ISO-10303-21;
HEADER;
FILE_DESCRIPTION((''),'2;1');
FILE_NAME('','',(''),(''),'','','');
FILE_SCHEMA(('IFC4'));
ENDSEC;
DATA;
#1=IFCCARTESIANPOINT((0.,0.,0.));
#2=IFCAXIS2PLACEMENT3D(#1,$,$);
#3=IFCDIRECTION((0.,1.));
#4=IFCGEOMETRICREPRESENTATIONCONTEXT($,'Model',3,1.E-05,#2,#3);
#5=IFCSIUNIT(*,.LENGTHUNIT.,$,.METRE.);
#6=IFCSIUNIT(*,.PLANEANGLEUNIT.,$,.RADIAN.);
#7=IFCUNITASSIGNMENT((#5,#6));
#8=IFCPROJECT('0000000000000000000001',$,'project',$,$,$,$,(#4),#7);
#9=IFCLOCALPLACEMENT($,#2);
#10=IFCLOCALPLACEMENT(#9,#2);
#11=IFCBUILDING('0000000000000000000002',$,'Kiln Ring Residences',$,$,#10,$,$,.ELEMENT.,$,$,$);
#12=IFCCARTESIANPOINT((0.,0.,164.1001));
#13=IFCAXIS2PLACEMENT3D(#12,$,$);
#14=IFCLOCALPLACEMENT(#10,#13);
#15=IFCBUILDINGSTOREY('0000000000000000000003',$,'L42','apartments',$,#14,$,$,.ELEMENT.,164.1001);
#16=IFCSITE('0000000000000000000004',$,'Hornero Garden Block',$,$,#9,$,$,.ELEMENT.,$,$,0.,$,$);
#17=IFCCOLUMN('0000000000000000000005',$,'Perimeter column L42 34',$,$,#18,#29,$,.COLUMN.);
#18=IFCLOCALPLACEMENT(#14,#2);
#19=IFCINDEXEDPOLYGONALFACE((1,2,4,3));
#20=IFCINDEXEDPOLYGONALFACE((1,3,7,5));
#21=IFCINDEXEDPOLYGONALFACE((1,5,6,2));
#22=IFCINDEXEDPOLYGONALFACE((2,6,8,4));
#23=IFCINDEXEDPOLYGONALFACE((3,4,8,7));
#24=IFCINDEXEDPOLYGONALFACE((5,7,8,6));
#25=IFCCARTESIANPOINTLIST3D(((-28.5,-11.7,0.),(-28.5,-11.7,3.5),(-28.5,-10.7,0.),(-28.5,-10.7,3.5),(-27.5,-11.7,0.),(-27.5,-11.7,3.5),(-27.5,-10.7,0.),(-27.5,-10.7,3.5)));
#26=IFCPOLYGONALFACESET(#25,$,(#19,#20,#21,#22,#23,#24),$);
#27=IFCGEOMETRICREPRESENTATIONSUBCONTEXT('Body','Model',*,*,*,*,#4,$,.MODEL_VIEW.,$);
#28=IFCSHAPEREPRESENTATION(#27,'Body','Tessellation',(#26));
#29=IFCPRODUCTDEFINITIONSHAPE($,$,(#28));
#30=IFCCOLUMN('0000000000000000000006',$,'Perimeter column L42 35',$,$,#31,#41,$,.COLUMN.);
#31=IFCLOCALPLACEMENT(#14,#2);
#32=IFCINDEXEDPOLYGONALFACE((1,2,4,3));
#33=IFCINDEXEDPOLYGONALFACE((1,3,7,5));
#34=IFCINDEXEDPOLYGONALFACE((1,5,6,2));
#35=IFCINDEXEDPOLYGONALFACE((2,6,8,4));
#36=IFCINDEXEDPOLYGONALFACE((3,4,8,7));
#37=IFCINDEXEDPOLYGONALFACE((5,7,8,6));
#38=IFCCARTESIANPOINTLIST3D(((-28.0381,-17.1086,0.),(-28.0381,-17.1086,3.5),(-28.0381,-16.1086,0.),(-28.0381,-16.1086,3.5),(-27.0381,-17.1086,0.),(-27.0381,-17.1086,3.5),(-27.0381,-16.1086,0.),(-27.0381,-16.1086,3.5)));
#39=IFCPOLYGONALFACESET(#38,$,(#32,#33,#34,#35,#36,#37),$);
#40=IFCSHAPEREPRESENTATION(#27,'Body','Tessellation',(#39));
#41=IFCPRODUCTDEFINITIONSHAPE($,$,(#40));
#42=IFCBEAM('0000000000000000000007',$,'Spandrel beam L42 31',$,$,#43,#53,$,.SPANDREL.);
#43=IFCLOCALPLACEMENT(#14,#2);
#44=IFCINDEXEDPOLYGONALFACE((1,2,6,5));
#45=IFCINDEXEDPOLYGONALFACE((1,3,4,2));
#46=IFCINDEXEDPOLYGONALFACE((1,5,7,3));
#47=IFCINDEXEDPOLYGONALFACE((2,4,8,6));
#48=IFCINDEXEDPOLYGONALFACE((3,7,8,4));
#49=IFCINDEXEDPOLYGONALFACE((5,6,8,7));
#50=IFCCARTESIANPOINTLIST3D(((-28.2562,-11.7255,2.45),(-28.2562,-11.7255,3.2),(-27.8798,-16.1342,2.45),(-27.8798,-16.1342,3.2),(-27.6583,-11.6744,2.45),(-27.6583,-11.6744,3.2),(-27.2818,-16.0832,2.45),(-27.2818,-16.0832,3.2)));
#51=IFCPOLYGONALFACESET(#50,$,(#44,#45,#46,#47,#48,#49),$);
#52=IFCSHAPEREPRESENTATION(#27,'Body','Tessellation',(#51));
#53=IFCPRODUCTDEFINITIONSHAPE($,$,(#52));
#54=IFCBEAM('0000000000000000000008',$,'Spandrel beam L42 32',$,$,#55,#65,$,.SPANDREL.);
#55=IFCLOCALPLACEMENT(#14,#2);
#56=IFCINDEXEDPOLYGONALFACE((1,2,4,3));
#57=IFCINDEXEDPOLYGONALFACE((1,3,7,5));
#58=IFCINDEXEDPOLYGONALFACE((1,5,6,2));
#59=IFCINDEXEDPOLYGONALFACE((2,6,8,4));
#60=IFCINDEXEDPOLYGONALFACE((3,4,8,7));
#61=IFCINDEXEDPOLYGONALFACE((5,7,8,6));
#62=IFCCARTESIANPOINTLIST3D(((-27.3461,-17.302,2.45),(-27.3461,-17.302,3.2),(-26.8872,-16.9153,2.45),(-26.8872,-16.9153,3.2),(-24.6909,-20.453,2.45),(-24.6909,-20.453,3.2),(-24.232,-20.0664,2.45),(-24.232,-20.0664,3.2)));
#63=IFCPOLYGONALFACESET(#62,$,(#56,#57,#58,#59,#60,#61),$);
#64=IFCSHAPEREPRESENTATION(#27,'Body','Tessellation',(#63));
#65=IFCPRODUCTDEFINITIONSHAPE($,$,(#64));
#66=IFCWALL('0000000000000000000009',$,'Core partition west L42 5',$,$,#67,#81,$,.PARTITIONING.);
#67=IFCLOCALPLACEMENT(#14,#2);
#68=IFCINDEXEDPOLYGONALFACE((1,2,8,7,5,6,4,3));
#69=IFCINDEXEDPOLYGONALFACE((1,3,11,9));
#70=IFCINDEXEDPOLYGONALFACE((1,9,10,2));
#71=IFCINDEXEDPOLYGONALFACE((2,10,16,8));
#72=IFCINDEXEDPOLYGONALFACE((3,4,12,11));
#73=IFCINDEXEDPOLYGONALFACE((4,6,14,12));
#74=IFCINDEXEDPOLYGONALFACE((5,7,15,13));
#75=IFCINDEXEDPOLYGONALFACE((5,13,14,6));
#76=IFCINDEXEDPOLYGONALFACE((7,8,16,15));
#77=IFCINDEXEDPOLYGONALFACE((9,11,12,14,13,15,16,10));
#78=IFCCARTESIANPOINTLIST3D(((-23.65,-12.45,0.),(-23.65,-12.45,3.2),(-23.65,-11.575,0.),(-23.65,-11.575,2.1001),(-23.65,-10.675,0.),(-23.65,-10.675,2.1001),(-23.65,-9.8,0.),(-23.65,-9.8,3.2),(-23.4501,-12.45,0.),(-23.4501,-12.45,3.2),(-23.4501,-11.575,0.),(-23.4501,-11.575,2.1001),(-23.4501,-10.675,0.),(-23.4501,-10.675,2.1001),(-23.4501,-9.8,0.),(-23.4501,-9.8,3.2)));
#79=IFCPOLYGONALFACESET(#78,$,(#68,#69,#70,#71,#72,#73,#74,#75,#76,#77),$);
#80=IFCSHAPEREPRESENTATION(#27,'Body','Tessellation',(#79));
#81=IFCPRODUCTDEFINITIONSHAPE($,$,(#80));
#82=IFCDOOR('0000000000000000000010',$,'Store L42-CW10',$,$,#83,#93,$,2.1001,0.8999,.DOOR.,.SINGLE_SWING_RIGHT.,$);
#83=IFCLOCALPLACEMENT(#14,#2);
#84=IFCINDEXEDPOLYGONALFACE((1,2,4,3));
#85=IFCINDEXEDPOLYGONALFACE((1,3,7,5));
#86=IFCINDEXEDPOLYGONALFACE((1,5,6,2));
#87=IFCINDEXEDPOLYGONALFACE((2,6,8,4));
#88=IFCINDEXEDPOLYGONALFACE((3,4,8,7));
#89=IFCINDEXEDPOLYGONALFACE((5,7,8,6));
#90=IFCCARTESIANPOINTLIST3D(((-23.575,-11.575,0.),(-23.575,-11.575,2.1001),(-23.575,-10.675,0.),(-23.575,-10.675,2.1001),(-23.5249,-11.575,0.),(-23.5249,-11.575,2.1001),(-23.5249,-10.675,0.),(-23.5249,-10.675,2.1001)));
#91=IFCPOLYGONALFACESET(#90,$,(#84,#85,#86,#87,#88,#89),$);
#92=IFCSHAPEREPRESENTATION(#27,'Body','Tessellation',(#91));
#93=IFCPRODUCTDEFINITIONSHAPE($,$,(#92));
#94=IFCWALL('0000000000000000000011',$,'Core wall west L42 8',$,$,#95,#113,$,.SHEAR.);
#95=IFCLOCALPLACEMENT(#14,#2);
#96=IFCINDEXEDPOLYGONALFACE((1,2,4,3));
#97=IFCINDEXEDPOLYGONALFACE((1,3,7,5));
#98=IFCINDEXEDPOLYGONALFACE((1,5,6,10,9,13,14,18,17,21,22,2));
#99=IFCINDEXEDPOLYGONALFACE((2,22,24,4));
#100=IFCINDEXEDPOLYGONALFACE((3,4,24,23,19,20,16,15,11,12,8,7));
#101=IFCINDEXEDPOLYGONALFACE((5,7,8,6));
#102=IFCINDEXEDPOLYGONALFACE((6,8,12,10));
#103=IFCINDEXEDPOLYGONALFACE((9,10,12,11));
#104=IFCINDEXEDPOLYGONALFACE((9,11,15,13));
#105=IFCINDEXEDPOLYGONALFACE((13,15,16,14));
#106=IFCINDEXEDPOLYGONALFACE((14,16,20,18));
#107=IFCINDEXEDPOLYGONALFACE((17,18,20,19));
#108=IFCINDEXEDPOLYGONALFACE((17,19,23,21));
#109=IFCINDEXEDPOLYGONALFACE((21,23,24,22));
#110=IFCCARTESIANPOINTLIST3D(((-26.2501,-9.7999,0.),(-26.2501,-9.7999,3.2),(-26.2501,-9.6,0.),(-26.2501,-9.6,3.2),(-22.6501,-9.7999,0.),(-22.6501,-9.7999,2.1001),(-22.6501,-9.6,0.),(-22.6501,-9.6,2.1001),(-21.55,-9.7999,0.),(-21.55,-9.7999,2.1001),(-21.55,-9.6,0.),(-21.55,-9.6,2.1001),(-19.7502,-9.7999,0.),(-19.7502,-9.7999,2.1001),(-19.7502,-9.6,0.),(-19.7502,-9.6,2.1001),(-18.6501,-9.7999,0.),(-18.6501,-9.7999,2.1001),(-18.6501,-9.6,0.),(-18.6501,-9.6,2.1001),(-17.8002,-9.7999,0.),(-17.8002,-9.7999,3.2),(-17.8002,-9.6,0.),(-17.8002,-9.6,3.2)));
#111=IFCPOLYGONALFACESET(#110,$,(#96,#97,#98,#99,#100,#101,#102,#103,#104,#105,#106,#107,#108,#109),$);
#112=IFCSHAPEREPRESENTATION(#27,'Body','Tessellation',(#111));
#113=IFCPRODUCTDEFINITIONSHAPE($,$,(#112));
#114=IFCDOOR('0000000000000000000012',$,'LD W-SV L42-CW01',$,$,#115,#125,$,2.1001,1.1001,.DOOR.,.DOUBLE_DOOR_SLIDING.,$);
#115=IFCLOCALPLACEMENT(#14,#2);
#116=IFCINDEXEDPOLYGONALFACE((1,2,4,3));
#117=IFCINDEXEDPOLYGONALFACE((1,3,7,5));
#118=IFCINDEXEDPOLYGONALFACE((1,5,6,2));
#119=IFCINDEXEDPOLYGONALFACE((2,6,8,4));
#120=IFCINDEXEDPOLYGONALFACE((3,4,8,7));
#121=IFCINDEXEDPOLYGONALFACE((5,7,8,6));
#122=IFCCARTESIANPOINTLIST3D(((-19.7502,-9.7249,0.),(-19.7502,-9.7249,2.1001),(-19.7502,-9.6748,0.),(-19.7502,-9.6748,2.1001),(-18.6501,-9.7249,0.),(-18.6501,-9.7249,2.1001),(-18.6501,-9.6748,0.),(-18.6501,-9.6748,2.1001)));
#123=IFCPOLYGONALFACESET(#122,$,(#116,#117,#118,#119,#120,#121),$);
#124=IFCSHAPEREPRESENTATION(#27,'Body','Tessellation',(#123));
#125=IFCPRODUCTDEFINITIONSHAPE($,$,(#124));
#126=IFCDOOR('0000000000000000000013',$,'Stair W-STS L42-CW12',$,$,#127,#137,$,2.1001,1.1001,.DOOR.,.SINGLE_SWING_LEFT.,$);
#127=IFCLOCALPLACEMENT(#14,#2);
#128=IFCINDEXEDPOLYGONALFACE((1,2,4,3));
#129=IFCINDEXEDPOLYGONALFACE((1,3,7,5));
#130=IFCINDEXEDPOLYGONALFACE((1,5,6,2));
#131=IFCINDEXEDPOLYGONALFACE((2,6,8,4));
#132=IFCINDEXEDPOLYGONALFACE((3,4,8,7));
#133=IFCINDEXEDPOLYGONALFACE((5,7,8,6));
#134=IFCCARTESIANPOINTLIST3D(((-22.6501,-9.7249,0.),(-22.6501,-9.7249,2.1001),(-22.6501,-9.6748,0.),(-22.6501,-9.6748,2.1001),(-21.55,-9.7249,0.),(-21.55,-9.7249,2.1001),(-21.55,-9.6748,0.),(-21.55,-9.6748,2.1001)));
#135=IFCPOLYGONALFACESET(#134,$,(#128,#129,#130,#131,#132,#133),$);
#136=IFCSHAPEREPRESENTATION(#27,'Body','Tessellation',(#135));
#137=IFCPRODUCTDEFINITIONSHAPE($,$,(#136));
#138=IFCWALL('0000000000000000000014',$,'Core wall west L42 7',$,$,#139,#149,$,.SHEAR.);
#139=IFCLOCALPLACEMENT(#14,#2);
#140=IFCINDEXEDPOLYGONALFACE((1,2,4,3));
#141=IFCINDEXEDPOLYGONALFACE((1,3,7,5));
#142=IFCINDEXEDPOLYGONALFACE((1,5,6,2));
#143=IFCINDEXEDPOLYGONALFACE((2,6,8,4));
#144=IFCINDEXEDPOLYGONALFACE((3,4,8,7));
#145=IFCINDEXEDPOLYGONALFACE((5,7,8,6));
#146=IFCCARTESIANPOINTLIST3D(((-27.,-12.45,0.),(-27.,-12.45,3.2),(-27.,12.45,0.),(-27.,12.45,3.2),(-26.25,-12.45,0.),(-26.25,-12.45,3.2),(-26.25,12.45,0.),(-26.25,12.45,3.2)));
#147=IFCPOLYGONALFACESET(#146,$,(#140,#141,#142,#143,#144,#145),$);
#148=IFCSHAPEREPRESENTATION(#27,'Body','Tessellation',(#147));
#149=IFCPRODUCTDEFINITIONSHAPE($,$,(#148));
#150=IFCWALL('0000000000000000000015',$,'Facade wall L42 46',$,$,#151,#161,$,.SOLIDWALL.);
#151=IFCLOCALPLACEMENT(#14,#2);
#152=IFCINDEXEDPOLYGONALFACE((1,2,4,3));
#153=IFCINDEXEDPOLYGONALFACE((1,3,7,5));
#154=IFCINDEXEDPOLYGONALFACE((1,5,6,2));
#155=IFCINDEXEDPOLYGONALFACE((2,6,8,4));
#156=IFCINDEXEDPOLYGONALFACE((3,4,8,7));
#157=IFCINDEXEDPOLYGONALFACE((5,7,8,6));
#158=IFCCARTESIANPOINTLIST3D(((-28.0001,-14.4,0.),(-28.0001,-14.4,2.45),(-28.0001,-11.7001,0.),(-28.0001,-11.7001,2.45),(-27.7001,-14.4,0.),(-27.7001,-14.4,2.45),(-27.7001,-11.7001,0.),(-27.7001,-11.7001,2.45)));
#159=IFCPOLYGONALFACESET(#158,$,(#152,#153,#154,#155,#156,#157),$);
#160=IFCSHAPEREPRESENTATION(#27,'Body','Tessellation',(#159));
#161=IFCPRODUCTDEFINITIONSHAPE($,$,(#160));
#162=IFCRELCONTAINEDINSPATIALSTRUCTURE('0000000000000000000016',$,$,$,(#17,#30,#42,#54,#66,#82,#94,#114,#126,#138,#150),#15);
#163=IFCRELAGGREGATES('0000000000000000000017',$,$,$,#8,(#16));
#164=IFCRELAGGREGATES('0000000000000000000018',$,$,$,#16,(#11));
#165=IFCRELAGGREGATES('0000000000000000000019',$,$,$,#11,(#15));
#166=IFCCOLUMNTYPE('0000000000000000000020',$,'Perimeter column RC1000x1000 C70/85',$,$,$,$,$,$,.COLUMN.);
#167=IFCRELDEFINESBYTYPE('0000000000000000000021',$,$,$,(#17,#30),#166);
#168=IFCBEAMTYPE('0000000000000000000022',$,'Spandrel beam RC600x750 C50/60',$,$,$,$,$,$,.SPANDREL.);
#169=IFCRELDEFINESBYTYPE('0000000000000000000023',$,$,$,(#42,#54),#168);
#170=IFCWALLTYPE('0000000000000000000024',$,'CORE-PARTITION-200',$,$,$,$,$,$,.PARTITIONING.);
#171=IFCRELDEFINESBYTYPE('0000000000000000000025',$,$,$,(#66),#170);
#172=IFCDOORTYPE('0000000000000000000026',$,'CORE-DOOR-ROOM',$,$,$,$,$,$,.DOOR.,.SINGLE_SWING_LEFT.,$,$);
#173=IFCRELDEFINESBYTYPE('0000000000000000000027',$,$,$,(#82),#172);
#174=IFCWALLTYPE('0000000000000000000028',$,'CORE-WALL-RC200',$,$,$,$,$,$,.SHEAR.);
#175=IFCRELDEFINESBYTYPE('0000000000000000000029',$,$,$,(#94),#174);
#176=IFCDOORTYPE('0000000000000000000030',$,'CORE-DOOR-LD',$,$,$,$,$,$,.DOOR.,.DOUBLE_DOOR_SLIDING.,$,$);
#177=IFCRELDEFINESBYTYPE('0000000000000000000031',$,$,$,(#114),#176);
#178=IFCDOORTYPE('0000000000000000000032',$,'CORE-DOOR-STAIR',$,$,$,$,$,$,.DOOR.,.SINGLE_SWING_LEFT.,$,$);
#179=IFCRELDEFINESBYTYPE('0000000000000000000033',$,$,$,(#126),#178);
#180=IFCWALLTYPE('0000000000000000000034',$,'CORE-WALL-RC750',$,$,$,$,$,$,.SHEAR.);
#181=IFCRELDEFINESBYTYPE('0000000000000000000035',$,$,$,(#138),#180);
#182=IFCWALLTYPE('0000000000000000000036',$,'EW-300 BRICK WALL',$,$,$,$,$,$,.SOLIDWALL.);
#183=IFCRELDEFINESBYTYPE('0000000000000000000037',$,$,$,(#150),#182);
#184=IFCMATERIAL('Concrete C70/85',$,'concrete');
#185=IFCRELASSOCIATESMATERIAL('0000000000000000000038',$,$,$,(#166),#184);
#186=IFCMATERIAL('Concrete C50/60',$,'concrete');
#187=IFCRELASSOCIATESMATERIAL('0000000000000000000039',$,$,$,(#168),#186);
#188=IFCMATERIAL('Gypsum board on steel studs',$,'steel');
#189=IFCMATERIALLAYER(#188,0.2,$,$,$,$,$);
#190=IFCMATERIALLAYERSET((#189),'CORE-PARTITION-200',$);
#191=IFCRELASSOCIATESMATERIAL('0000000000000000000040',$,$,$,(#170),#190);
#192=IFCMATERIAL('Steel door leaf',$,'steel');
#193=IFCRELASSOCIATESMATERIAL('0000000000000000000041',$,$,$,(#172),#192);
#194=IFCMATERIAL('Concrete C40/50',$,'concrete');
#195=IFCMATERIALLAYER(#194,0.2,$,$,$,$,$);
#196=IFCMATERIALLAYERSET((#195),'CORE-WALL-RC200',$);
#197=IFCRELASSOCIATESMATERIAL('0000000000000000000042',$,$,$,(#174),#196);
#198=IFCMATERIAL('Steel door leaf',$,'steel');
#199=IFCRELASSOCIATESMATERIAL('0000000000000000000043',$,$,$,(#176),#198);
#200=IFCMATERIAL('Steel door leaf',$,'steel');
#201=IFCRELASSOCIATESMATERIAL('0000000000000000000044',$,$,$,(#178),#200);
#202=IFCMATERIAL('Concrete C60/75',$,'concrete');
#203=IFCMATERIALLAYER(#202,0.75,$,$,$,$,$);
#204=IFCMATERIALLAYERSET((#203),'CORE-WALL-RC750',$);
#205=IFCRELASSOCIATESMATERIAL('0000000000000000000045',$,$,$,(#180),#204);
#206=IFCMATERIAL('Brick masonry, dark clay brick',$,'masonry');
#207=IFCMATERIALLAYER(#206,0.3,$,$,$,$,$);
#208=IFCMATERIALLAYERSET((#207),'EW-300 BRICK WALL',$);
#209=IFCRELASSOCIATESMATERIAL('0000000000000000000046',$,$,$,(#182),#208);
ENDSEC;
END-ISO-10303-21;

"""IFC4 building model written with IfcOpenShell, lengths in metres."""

from ifc_helpers import new_model, si_unit, direction, frame, frame_2d, origin, origin_2d, place, context, subcontext, project, spatial, rectangle, extrude, material, layer, layer_set, material_profile, profile_set, type_object, element, fill, save


model = new_model("IFC4")

# Units and contexts
model_context = context("Model", 3, precision=1e-05, world=origin(), true_north=direction((0.0, 1.0)))
body_context = subcontext(model_context, "Body", "Model", "MODEL_VIEW")
ifc_project = project(units=[si_unit("LENGTHUNIT", "METRE"), si_unit("PLANEANGLEUNIT", "RADIAN")], contexts=[model_context])

# Site, building, storey
site_placement = place(None, origin())
site = spatial("IfcSite", under=ifc_project, at=site_placement, Name="Hornero Garden Block", CompositionType="ELEMENT", RefElevation=0.0)
building_placement = place(site_placement, origin())
building = spatial("IfcBuilding", under=site, at=building_placement, Name="Kiln Ring Residences", CompositionType="ELEMENT")
storey_placement = place(building_placement, frame((0.0, 0.0, 164.1001)))
storey = spatial("IfcBuildingStorey", under=building, at=storey_placement, Name="L42", Description="apartments", CompositionType="ELEMENT", Elevation=164.1001)

# Columns
ifc_material_1 = material(Name="Concrete C70/85", Category="concrete")
ifc_material_profile_1 = material_profile(ifc_material_1, rectangle(XDim=1.0, YDim=1.0, at=origin_2d()), Name="RC1000x1000")
ifc_profile_set_1 = profile_set([ifc_material_profile_1], Name="Concrete C70/85")
column_type = type_object("IfcColumnType", Name="Perimeter column RC1000x1000 C70/85", PredefinedType="COLUMN", material=ifc_profile_set_1)
for number, where, z_axis, x_axis, name in (
    (1, (-28.0, -11.2, 0.0), (0.0, 0.0, 1.0), (1.0, 0.0, 0.0), "Perimeter column L42 34"),
    (2, (-27.5381, -16.6086, 0.0), (0.0, 0.0, 1.0), (1.0, 0.0, 0.0), "Perimeter column L42 35"),
):
    element("IfcColumn", number, at=place(storey_placement, frame(where, z_axis=z_axis, x_axis=x_axis)), inside=storey, type_object=column_type, Name=name, PredefinedType="COLUMN", context=body_context, shape_type="SweptSolid", body=[
        extrude(rectangle(XDim=1.0, YDim=1.0, at=origin_2d()), origin(), (0.0, 0.0, 1.0), 3.5),
    ])

# Beams
ifc_material_2 = material(Name="Concrete C50/60", Category="concrete")
ifc_material_profile_2 = material_profile(ifc_material_2, rectangle(XDim=0.6001, YDim=0.75, at=origin_2d()), Name="RC600x750")
ifc_profile_set_2 = profile_set([ifc_material_profile_2], Name="Concrete C50/60")
beam_type = type_object("IfcBeamType", Name="Spandrel beam RC600x750 C50/60", PredefinedType="SPANDREL", material=ifc_profile_set_2)
beam_1_placement = place(storey_placement, frame((-27.9573, -11.7, 2.825), z_axis=(0.085082, -0.996374, 0.0), x_axis=(0.996374, 0.085082, 0.0)))
element("IfcBeam", 3, at=beam_1_placement, inside=storey, type_object=beam_type, Name="Spandrel beam L42 31", PredefinedType="SPANDREL", context=body_context, shape_type="SweptSolid", body=[
    extrude(rectangle(XDim=0.6001, YDim=0.75, at=origin_2d()), origin(), (0.0, 0.0, 1.0), 4.4248),
])
beam_2_placement = place(storey_placement, frame((-27.1167, -17.1086, 2.825), z_axis=(0.644377, -0.764708, 0.0), x_axis=(0.764708, 0.644377, 0.0)))
element("IfcBeam", 4, at=beam_2_placement, inside=storey, type_object=beam_type, Name="Spandrel beam L42 32", PredefinedType="SPANDREL", context=body_context, shape_type="SweptSolid", body=[
    extrude(rectangle(XDim=0.6001, YDim=0.75, at=origin_2d()), origin(), (0.0, 0.0, 1.0), 4.1206),
])

# Wall, opening, door
ifc_material_3 = material(Name="Gypsum board on steel studs", Category="steel")
ifc_layer_1 = layer(ifc_material_3, 0.2)
ifc_layer_set_1 = layer_set([ifc_layer_1], Name="CORE-PARTITION-200")
wall_type_1 = type_object("IfcWallType", Name="CORE-PARTITION-200", PredefinedType="PARTITIONING", material=ifc_layer_set_1)
wall_1_placement = place(storey_placement, frame((-23.55, -12.45, 0.0), z_axis=(0.0, 0.0, 1.0), x_axis=(0.0, 1.0, 0.0)))
wall_1 = element("IfcWall", 5, at=wall_1_placement, inside=storey, type_object=wall_type_1, Name="Core partition west L42 5", PredefinedType="PARTITIONING", context=body_context, shape_type="SweptSolid", body=[
    extrude(rectangle(XDim=2.6499, YDim=0.2, at=frame_2d((1.325, 0.0))), origin(), (0.0, 0.0, 1.0), 3.2),
])
opening_1_placement = place(wall_1_placement, frame((0.875, 0.0, 0.0)))
opening_1 = element("IfcOpeningElement", 6, at=opening_1_placement, cuts=wall_1, PredefinedType="OPENING", context=body_context, shape_type="SweptSolid", body=[
    extrude(rectangle(XDim=0.8999, YDim=2.1001, at=frame_2d((0.45, 1.05))), frame((0.0, 0.1099, 0.0), z_axis=(0.0, -1.0, 0.0), x_axis=(1.0, 0.0, 0.0)), (0.0, 0.0, 1.0), 0.22),
])
ifc_material_4 = material(Name="Steel door leaf", Category="steel")
door_type_1 = type_object("IfcDoorType", Name="CORE-DOOR-ROOM", OperationType="SINGLE_SWING_LEFT", PredefinedType="DOOR", material=ifc_material_4)
door_1_placement = place(opening_1_placement, origin())
door_1 = element("IfcDoor", 7, at=door_1_placement, inside=storey, type_object=door_type_1, Name="Store L42-CW10", OperationType="SINGLE_SWING_RIGHT", OverallHeight=2.1001, OverallWidth=0.8999, PredefinedType="DOOR", context=body_context, shape_type="SweptSolid", body=[
    extrude(rectangle(XDim=0.8999, YDim=2.1001, at=frame_2d((0.45, 1.05))), frame((0.0, 0.0249, 0.0), z_axis=(0.0, -1.0, 0.0), x_axis=(1.0, 0.0, 0.0)), (0.0, 0.0, 1.0), 0.05),
])
fill(opening_1, door_1)

# Wall, openings, doors
ifc_material_5 = material(Name="Concrete C40/50", Category="concrete")
ifc_layer_2 = layer(ifc_material_5, 0.2)
ifc_layer_set_2 = layer_set([ifc_layer_2], Name="CORE-WALL-RC200")
wall_type_2 = type_object("IfcWallType", Name="CORE-WALL-RC200", PredefinedType="SHEAR", material=ifc_layer_set_2)
wall_2_placement = place(storey_placement, frame((-17.8, -9.7, 0.0), z_axis=(0.0, 0.0, 1.0), x_axis=(-1.0, 0.0, 0.0)))
wall_2 = element("IfcWall", 8, at=wall_2_placement, inside=storey, type_object=wall_type_2, Name="Core wall west L42 8", PredefinedType="SHEAR", context=body_context, shape_type="SweptSolid", body=[
    extrude(rectangle(XDim=8.45, YDim=0.2, at=frame_2d((4.2251, 0.0))), origin(), (0.0, 0.0, 1.0), 3.2),
])
opening_2_placement = place(wall_2_placement, frame((0.8501, 0.0, 0.0)))
opening_2 = element("IfcOpeningElement", 9, at=opening_2_placement, cuts=wall_2, PredefinedType="OPENING", context=body_context, shape_type="SweptSolid", body=[
    extrude(rectangle(XDim=1.1001, YDim=2.1001, at=frame_2d((0.55, 1.05))), frame((0.0, 0.1099, 0.0), z_axis=(0.0, -1.0, 0.0), x_axis=(1.0, 0.0, 0.0)), (0.0, 0.0, 1.0), 0.22),
])
opening_3_placement = place(wall_2_placement, frame((3.75, 0.0, 0.0)))
opening_3 = element("IfcOpeningElement", 10, at=opening_3_placement, cuts=wall_2, PredefinedType="OPENING", context=body_context, shape_type="SweptSolid", body=[
    extrude(rectangle(XDim=1.1001, YDim=2.1001, at=frame_2d((0.55, 1.05))), frame((0.0, 0.1099, 0.0), z_axis=(0.0, -1.0, 0.0), x_axis=(1.0, 0.0, 0.0)), (0.0, 0.0, 1.0), 0.22),
])
ifc_material_6 = material(Name="Steel door leaf", Category="steel")
door_type_2 = type_object("IfcDoorType", Name="CORE-DOOR-LD", OperationType="DOUBLE_DOOR_SLIDING", PredefinedType="DOOR", material=ifc_material_6)
door_2_placement = place(opening_2_placement, origin())
door_2 = element("IfcDoor", 11, at=door_2_placement, inside=storey, type_object=door_type_2, Name="LD W-SV L42-CW01", OperationType="DOUBLE_DOOR_SLIDING", OverallHeight=2.1001, OverallWidth=1.1001, PredefinedType="DOOR", context=body_context, shape_type="SweptSolid", body=[
    extrude(rectangle(XDim=1.1001, YDim=2.1001, at=frame_2d((0.55, 1.05))), frame((0.0, 0.0249, 0.0), z_axis=(0.0, -1.0, 0.0), x_axis=(1.0, 0.0, 0.0)), (0.0, 0.0, 1.0), 0.05),
])
fill(opening_2, door_2)
ifc_material_7 = material(Name="Steel door leaf", Category="steel")
door_type_3 = type_object("IfcDoorType", Name="CORE-DOOR-STAIR", OperationType="SINGLE_SWING_LEFT", PredefinedType="DOOR", material=ifc_material_7)
door_3_placement = place(opening_3_placement, origin())
door_3 = element("IfcDoor", 12, at=door_3_placement, inside=storey, type_object=door_type_3, Name="Stair W-STS L42-CW12", OperationType="SINGLE_SWING_LEFT", OverallHeight=2.1001, OverallWidth=1.1001, PredefinedType="DOOR", context=body_context, shape_type="SweptSolid", body=[
    extrude(rectangle(XDim=1.1001, YDim=2.1001, at=frame_2d((0.55, 1.05))), frame((0.0, 0.0249, 0.0), z_axis=(0.0, -1.0, 0.0), x_axis=(1.0, 0.0, 0.0)), (0.0, 0.0, 1.0), 0.05),
])
fill(opening_3, door_3)

# Walls
ifc_material_8 = material(Name="Concrete C60/75", Category="concrete")
ifc_layer_3 = layer(ifc_material_8, 0.75)
ifc_layer_set_3 = layer_set([ifc_layer_3], Name="CORE-WALL-RC750")
wall_type_3 = type_object("IfcWallType", Name="CORE-WALL-RC750", PredefinedType="SHEAR", material=ifc_layer_set_3)
wall_3_placement = place(storey_placement, frame((-26.625, -12.45, 0.0), z_axis=(0.0, 0.0, 1.0), x_axis=(0.0, 1.0, 0.0)))
element("IfcWall", 13, at=wall_3_placement, inside=storey, type_object=wall_type_3, Name="Core wall west L42 7", PredefinedType="SHEAR", context=body_context, shape_type="SweptSolid", body=[
    extrude(rectangle(XDim=24.8999, YDim=0.75, at=frame_2d((12.45, 0.0))), origin(), (0.0, 0.0, 1.0), 3.2),
])
ifc_material_9 = material(Name="Brick masonry, dark clay brick", Category="masonry")
ifc_layer_4 = layer(ifc_material_9, 0.3)
ifc_layer_set_4 = layer_set([ifc_layer_4], Name="EW-300 BRICK WALL")
wall_type_4 = type_object("IfcWallType", Name="EW-300 BRICK WALL", PredefinedType="SOLIDWALL", material=ifc_layer_set_4)
wall_4_placement = place(storey_placement, frame((-27.8501, -11.7, 0.0), z_axis=(0.0, 0.0, 1.0), x_axis=(0.0, -1.0, 0.0)))
element("IfcWall", 14, at=wall_4_placement, inside=storey, type_object=wall_type_4, Name="Facade wall L42 46", PredefinedType="SOLIDWALL", context=body_context, shape_type="SweptSolid", body=[
    extrude(rectangle(XDim=2.7, YDim=0.3, at=frame_2d((1.3501, 0.0))), origin(), (0.0, 0.0, 1.0), 2.45),
])

save(model, "model.ifc")
